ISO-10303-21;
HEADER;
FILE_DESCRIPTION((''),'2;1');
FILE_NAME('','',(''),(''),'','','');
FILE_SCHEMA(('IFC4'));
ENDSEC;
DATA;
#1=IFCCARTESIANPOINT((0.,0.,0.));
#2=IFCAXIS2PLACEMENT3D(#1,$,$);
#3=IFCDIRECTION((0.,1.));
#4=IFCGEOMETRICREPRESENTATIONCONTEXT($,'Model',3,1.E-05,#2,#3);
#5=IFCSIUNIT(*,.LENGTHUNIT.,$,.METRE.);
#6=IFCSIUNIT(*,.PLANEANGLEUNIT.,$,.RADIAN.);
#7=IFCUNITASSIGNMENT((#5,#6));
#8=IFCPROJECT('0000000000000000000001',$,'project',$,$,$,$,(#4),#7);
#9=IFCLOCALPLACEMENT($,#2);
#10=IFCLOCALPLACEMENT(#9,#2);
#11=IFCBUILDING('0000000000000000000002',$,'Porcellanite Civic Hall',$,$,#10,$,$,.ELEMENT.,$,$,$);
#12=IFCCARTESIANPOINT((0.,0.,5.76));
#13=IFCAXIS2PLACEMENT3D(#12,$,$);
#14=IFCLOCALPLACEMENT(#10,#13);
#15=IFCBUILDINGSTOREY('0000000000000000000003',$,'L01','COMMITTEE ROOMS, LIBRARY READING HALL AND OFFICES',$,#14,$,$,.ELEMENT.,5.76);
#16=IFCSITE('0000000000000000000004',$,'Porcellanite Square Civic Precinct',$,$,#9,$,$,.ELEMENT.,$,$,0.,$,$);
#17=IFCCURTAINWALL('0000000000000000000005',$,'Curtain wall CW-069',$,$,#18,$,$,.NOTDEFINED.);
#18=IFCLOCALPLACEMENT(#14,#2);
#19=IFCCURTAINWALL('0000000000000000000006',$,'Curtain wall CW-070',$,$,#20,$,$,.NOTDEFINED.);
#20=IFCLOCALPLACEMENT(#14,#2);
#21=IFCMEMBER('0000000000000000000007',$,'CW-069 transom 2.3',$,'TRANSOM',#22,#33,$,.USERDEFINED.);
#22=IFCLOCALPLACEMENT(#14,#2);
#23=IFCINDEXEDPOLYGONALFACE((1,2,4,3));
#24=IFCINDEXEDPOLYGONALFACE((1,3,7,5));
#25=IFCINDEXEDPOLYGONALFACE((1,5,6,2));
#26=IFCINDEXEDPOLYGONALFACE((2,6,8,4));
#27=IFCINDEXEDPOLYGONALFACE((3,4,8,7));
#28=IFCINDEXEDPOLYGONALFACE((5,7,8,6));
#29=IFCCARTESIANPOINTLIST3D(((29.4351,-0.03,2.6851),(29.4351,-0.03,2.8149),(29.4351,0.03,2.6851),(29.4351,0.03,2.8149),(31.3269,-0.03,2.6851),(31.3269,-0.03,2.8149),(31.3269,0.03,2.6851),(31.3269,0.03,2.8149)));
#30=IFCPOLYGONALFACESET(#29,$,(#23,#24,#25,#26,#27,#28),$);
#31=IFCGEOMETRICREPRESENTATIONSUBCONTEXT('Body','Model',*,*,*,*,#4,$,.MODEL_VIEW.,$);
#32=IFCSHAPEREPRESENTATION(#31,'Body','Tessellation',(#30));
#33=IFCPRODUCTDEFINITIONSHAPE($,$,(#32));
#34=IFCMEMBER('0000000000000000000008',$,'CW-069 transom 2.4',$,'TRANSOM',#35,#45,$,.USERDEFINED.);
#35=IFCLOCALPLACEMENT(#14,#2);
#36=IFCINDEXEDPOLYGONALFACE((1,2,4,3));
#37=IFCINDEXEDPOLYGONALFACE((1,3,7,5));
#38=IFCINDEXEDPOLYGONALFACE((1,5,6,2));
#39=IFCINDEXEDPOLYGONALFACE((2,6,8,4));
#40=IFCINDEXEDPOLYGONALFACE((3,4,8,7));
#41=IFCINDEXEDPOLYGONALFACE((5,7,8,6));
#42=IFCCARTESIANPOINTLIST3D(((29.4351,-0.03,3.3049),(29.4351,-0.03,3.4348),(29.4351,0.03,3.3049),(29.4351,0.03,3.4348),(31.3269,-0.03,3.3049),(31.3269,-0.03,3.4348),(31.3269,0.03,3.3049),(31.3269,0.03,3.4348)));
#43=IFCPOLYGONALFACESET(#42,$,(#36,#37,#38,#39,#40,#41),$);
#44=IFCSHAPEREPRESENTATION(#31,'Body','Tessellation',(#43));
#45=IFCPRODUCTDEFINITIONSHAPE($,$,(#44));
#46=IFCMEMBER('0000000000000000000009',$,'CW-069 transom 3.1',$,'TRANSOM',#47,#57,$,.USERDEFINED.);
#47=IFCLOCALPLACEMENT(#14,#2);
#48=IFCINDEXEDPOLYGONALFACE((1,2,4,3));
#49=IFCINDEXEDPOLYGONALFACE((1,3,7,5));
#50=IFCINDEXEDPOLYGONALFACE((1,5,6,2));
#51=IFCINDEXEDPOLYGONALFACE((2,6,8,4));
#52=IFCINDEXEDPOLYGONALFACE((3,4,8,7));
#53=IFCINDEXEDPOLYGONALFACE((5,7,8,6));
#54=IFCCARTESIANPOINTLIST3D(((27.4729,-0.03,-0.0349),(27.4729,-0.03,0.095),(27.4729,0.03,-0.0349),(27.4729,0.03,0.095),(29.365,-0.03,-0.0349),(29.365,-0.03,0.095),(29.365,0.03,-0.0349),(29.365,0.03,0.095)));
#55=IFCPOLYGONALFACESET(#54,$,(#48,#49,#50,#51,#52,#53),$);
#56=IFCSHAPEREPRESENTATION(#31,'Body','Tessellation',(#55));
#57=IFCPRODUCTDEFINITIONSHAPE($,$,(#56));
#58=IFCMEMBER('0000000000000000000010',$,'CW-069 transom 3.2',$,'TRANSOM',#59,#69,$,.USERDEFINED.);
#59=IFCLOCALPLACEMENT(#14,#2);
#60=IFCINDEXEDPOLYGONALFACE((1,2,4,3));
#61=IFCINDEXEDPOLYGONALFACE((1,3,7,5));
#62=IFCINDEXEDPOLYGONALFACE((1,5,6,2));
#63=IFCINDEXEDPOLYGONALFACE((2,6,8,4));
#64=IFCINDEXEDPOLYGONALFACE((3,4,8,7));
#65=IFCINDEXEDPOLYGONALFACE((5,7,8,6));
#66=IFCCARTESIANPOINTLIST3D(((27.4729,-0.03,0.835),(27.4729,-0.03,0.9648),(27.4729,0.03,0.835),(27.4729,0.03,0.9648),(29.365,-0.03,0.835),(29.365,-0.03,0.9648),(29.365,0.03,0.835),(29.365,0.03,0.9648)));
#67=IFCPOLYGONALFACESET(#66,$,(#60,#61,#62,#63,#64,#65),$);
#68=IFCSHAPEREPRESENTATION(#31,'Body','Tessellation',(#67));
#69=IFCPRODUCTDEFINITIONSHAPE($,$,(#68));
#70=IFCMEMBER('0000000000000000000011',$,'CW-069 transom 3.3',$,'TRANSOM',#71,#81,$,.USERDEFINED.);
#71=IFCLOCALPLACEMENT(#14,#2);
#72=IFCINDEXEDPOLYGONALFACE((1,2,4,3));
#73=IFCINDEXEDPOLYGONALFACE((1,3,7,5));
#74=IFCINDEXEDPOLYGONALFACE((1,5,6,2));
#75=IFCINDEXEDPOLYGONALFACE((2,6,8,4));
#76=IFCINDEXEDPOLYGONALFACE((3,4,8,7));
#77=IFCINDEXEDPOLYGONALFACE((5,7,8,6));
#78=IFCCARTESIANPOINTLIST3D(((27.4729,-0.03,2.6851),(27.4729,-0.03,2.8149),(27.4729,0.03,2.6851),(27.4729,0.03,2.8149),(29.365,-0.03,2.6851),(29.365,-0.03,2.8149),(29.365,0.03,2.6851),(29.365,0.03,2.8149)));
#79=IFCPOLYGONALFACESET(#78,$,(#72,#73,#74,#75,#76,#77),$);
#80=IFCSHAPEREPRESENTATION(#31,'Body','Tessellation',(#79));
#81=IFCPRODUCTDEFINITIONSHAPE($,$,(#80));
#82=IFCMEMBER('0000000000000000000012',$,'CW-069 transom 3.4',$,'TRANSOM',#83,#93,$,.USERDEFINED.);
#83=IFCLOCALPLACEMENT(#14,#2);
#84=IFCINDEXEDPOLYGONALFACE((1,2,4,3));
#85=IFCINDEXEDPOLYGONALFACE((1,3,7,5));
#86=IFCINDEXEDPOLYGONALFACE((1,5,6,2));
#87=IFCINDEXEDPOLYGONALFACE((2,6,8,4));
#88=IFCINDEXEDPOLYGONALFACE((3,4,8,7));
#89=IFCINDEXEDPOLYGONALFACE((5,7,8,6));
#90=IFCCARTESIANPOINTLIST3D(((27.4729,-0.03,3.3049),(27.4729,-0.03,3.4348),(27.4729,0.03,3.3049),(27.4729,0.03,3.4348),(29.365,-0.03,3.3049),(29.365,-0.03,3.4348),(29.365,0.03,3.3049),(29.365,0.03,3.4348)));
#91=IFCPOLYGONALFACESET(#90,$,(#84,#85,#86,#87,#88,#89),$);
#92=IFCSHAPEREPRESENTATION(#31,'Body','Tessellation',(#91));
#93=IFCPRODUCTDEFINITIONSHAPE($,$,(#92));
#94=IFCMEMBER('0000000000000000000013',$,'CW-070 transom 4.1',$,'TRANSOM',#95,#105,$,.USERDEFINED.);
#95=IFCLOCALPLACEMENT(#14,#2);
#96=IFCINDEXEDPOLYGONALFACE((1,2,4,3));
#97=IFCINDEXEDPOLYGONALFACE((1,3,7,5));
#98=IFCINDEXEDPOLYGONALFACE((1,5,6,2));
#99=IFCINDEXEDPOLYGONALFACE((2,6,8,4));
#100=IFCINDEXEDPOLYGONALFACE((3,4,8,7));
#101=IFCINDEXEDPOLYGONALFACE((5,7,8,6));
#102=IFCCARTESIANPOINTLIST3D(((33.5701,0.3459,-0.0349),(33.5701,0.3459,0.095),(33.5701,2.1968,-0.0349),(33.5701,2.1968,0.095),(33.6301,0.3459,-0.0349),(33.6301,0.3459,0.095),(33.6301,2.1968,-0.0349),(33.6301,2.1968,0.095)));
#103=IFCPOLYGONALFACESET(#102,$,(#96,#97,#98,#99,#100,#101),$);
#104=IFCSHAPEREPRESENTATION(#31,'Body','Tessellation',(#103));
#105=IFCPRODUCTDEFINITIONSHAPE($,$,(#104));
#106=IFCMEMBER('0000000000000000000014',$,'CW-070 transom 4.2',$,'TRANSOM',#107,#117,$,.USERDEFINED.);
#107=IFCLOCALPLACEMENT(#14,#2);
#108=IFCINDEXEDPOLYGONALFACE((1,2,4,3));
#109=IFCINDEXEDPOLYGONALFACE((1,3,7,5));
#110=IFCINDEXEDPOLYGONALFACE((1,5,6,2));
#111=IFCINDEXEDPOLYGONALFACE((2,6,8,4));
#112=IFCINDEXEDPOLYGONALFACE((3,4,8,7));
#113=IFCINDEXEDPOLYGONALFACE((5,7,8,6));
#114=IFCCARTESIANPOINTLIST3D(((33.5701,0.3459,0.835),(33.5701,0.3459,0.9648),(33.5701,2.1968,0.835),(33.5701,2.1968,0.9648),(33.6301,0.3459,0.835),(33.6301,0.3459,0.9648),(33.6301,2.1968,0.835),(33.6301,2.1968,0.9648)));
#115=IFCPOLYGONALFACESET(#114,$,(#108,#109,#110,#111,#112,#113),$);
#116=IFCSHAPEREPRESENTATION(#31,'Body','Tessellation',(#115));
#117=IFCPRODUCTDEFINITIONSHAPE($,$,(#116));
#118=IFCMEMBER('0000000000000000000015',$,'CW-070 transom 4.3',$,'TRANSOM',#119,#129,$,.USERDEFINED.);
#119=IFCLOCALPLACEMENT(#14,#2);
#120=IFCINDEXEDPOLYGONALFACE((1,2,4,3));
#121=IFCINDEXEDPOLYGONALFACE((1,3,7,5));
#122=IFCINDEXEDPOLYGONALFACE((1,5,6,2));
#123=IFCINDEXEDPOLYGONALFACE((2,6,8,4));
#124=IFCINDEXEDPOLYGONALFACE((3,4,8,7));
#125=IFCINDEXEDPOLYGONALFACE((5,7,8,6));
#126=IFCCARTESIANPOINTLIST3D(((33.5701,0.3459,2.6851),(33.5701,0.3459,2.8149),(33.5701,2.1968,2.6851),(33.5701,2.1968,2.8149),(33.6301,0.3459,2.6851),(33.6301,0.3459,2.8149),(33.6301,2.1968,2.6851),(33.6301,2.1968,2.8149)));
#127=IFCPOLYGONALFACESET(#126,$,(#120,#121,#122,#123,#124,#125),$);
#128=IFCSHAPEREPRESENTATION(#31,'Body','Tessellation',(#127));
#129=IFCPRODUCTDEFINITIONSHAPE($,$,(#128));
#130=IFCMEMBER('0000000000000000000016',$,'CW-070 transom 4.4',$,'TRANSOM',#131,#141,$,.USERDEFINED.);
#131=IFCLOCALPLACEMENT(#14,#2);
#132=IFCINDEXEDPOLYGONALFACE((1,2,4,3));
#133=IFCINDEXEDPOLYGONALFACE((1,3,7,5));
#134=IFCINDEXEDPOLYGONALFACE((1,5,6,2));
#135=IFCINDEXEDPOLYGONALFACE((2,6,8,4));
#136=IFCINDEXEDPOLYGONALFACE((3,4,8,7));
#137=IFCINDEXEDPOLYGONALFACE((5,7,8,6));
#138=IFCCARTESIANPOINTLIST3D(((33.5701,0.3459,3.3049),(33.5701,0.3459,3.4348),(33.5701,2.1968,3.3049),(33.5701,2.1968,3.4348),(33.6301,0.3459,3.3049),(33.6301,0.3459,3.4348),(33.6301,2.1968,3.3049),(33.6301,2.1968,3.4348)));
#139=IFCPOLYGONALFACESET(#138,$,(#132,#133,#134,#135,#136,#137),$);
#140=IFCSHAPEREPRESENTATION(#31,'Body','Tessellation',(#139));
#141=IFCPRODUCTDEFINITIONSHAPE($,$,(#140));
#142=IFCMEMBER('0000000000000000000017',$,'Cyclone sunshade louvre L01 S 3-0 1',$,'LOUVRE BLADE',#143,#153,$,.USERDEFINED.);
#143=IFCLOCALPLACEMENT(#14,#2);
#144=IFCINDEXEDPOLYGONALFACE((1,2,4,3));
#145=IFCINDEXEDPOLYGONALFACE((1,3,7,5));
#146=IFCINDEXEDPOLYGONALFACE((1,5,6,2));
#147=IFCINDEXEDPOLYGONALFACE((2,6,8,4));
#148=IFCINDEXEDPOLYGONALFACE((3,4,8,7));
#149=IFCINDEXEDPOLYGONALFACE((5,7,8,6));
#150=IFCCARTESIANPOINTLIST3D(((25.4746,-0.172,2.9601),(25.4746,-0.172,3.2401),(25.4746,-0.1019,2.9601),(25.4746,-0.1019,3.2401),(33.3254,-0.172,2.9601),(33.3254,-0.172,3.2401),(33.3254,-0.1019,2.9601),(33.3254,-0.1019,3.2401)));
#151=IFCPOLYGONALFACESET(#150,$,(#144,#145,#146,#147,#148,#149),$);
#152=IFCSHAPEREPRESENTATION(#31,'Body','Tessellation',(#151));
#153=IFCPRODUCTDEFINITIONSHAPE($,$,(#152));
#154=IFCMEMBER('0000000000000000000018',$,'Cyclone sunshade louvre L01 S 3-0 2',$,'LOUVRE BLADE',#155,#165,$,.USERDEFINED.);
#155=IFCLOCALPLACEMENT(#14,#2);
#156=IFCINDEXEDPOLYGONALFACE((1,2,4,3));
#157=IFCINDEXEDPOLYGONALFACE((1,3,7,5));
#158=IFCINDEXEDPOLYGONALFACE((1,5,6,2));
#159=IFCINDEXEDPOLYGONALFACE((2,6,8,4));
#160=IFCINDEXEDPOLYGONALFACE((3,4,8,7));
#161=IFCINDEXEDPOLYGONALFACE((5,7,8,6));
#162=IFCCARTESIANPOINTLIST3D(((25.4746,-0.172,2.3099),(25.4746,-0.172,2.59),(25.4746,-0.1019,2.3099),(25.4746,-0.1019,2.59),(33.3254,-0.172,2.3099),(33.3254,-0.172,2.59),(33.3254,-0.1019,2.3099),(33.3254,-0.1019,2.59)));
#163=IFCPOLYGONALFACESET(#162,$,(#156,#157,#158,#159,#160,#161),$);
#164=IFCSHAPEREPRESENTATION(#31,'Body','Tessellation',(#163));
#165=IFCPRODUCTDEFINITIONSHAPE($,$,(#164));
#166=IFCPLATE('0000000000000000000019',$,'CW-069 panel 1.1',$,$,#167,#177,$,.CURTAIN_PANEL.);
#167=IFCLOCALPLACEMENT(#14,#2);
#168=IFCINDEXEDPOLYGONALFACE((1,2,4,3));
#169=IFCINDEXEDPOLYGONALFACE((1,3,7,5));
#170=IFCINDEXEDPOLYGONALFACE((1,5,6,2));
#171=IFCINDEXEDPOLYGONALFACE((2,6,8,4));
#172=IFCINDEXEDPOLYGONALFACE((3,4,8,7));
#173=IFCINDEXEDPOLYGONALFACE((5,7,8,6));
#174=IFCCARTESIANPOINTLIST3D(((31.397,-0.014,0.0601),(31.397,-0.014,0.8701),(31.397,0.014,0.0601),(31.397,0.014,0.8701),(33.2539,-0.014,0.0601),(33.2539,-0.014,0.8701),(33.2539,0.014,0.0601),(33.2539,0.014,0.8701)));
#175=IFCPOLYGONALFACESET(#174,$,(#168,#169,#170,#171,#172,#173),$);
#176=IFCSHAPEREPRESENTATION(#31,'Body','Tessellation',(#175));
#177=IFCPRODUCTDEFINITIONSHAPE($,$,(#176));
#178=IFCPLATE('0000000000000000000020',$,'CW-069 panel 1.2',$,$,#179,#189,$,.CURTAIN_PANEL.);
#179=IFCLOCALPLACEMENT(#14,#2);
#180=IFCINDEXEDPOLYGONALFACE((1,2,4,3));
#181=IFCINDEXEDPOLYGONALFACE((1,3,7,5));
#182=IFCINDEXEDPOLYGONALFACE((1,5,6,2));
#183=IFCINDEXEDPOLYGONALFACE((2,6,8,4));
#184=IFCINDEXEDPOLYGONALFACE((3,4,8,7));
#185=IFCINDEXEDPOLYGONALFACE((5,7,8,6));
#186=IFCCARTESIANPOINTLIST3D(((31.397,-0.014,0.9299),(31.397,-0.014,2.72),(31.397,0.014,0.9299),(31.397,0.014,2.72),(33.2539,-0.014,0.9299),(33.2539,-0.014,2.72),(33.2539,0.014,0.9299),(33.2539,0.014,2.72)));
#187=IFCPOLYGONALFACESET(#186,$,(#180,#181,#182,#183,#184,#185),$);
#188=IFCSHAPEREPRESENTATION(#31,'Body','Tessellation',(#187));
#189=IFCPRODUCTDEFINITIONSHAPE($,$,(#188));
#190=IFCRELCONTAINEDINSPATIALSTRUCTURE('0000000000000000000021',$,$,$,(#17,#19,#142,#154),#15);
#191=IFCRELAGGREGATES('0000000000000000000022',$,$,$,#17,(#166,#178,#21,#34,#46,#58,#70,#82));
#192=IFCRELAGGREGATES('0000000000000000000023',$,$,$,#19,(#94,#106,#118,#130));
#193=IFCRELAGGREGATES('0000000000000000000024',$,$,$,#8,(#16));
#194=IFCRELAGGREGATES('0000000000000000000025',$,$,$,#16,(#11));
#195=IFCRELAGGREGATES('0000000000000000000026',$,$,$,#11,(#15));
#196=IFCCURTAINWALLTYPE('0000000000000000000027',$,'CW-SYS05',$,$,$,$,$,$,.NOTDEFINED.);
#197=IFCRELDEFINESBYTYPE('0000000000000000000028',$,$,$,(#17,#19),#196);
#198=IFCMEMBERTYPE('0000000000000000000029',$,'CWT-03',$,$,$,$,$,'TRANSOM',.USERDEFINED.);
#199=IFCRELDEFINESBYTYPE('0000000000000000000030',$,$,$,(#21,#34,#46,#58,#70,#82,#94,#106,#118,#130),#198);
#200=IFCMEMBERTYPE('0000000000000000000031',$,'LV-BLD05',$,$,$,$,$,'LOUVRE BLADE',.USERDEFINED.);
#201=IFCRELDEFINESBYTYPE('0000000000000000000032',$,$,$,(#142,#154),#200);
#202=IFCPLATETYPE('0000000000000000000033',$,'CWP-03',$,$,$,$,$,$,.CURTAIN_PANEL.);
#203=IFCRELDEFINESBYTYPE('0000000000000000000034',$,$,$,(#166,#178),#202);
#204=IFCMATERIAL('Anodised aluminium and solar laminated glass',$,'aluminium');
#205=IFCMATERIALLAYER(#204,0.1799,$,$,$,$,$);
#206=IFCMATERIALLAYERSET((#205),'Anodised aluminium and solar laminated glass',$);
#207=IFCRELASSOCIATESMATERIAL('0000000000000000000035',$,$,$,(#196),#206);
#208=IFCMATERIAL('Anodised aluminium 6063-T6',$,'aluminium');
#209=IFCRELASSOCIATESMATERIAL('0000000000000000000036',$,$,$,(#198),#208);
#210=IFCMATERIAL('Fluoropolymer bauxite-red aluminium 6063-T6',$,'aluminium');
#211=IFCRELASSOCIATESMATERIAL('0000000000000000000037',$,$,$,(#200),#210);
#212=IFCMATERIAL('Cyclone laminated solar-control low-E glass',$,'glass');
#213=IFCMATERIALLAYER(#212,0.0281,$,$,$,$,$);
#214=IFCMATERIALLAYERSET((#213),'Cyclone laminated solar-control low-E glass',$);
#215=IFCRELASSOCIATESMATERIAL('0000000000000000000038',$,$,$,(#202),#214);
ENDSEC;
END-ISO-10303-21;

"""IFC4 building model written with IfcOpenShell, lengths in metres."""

from ifc_helpers import new_model, si_unit, direction, frame, origin, origin_2d, place, context, subcontext, project, spatial, rectangle, extrude, material, layer, layer_set, material_profile, profile_set, type_object, element, aggregate, save


model = new_model("IFC4")

# Units and contexts
model_context = context("Model", 3, precision=1e-05, world=origin(), true_north=direction((0.0, 1.0)))
body_context = subcontext(model_context, "Body", "Model", "MODEL_VIEW")
ifc_project = project(units=[si_unit("LENGTHUNIT", "METRE"), si_unit("PLANEANGLEUNIT", "RADIAN")], contexts=[model_context])

# Site, building, storey
site_placement = place(None, origin())
site = spatial("IfcSite", under=ifc_project, at=site_placement, Name="Porcellanite Square Civic Precinct", CompositionType="ELEMENT", RefElevation=0.0)
building_placement = place(site_placement, origin())
building = spatial("IfcBuilding", under=site, at=building_placement, Name="Porcellanite Civic Hall", CompositionType="ELEMENT")
storey_placement = place(building_placement, frame((0.0, 0.0, 5.76)))
storey = spatial("IfcBuildingStorey", under=building, at=storey_placement, Name="L01", Description="COMMITTEE ROOMS, LIBRARY READING HALL AND OFFICES", CompositionType="ELEMENT", Elevation=5.76)

# Curtain walls
ifc_material_1 = material(Name="Anodised aluminium and solar laminated glass", Category="aluminium")
ifc_layer_1 = layer(ifc_material_1, 0.1799)
ifc_layer_set_1 = layer_set([ifc_layer_1], Name="Anodised aluminium and solar laminated glass")
curtain_wall_type = type_object("IfcCurtainWallType", Name="CW-SYS05", PredefinedType="NOTDEFINED", material=ifc_layer_set_1)
curtain_wall_1_placement = place(storey_placement, origin())
curtain_wall_1 = element("IfcCurtainWall", 1, at=curtain_wall_1_placement, inside=storey, type_object=curtain_wall_type, Name="Curtain wall CW-069", PredefinedType="NOTDEFINED")
curtain_wall_2_placement = place(storey_placement, origin())
curtain_wall_2 = element("IfcCurtainWall", 2, at=curtain_wall_2_placement, inside=storey, type_object=curtain_wall_type, Name="Curtain wall CW-070", PredefinedType="NOTDEFINED")

# Members
ifc_material_2 = material(Name="Anodised aluminium 6063-T6", Category="aluminium")
ifc_material_profile_1 = material_profile(ifc_material_2, rectangle(XDim=0.0601, YDim=0.1299, at=origin_2d()), Name="AL-60x130")
ifc_profile_set_1 = profile_set([ifc_material_profile_1], Name="Anodised aluminium 6063-T6")
member_type_1 = type_object("IfcMemberType", Name="CWT-03", ElementType="TRANSOM", PredefinedType="USERDEFINED", material=ifc_profile_set_1)
member_1_placement = place(storey_placement, frame((31.3269, 0.0, 2.75), z_axis=(-1.0, 0.0, 0.0), x_axis=(0.0, -1.0, 0.0)))
member_1 = element("IfcMember", 3, at=member_1_placement, type_object=member_type_1, Name="CW-069 transom 2.3", ObjectType="TRANSOM", PredefinedType="USERDEFINED", context=body_context, shape_type="SweptSolid", body=[
    extrude(rectangle(XDim=0.0601, YDim=0.1299, at=origin_2d()), origin(), (0.0, 0.0, 1.0), 1.8918),
])
member_2_placement = place(storey_placement, frame((31.3269, 0.0, 3.3699), z_axis=(-1.0, 0.0, 0.0), x_axis=(0.0, -1.0, 0.0)))
member_2 = element("IfcMember", 4, at=member_2_placement, type_object=member_type_1, Name="CW-069 transom 2.4", ObjectType="TRANSOM", PredefinedType="USERDEFINED", context=body_context, shape_type="SweptSolid", body=[
    extrude(rectangle(XDim=0.0601, YDim=0.1299, at=origin_2d()), origin(), (0.0, 0.0, 1.0), 1.8918),
])
member_3_placement = place(storey_placement, frame((29.365, 0.0, 0.03), z_axis=(-1.0, 0.0, 0.0), x_axis=(0.0, -1.0, 0.0)))
member_3 = element("IfcMember", 5, at=member_3_placement, type_object=member_type_1, Name="CW-069 transom 3.1", ObjectType="TRANSOM", PredefinedType="USERDEFINED", context=body_context, shape_type="SweptSolid", body=[
    extrude(rectangle(XDim=0.0601, YDim=0.1299, at=origin_2d()), origin(), (0.0, 0.0, 1.0), 1.8921),
])
member_4_placement = place(storey_placement, frame((29.365, 0.0, 0.8999), z_axis=(-1.0, 0.0, 0.0), x_axis=(0.0, -1.0, 0.0)))
member_4 = element("IfcMember", 6, at=member_4_placement, type_object=member_type_1, Name="CW-069 transom 3.2", ObjectType="TRANSOM", PredefinedType="USERDEFINED", context=body_context, shape_type="SweptSolid", body=[
    extrude(rectangle(XDim=0.0601, YDim=0.1299, at=origin_2d()), origin(), (0.0, 0.0, 1.0), 1.8921),
])
member_5_placement = place(storey_placement, frame((29.365, 0.0, 2.75), z_axis=(-1.0, 0.0, 0.0), x_axis=(0.0, -1.0, 0.0)))
member_5 = element("IfcMember", 7, at=member_5_placement, type_object=member_type_1, Name="CW-069 transom 3.3", ObjectType="TRANSOM", PredefinedType="USERDEFINED", context=body_context, shape_type="SweptSolid", body=[
    extrude(rectangle(XDim=0.0601, YDim=0.1299, at=origin_2d()), origin(), (0.0, 0.0, 1.0), 1.8921),
])
member_6_placement = place(storey_placement, frame((29.365, 0.0, 3.3699), z_axis=(-1.0, 0.0, 0.0), x_axis=(0.0, -1.0, 0.0)))
member_6 = element("IfcMember", 8, at=member_6_placement, type_object=member_type_1, Name="CW-069 transom 3.4", ObjectType="TRANSOM", PredefinedType="USERDEFINED", context=body_context, shape_type="SweptSolid", body=[
    extrude(rectangle(XDim=0.0601, YDim=0.1299, at=origin_2d()), origin(), (0.0, 0.0, 1.0), 1.8921),
])
member_7_placement = place(storey_placement, frame((33.6001, 2.1968, 0.03), z_axis=(0.0, -1.0, 0.0), x_axis=(1.0, 0.0, 0.0)))
member_7 = element("IfcMember", 9, at=member_7_placement, type_object=member_type_1, Name="CW-070 transom 4.1", ObjectType="TRANSOM", PredefinedType="USERDEFINED", context=body_context, shape_type="SweptSolid", body=[
    extrude(rectangle(XDim=0.0601, YDim=0.1299, at=origin_2d()), origin(), (0.0, 0.0, 1.0), 1.8508),
])
member_8_placement = place(storey_placement, frame((33.6001, 2.1968, 0.8999), z_axis=(0.0, -1.0, 0.0), x_axis=(1.0, 0.0, 0.0)))
member_8 = element("IfcMember", 10, at=member_8_placement, type_object=member_type_1, Name="CW-070 transom 4.2", ObjectType="TRANSOM", PredefinedType="USERDEFINED", context=body_context, shape_type="SweptSolid", body=[
    extrude(rectangle(XDim=0.0601, YDim=0.1299, at=origin_2d()), origin(), (0.0, 0.0, 1.0), 1.8508),
])
member_9_placement = place(storey_placement, frame((33.6001, 2.1968, 2.75), z_axis=(0.0, -1.0, 0.0), x_axis=(1.0, 0.0, 0.0)))
member_9 = element("IfcMember", 11, at=member_9_placement, type_object=member_type_1, Name="CW-070 transom 4.3", ObjectType="TRANSOM", PredefinedType="USERDEFINED", context=body_context, shape_type="SweptSolid", body=[
    extrude(rectangle(XDim=0.0601, YDim=0.1299, at=origin_2d()), origin(), (0.0, 0.0, 1.0), 1.8508),
])
member_10_placement = place(storey_placement, frame((33.6001, 2.1968, 3.3699), z_axis=(0.0, -1.0, 0.0), x_axis=(1.0, 0.0, 0.0)))
member_10 = element("IfcMember", 12, at=member_10_placement, type_object=member_type_1, Name="CW-070 transom 4.4", ObjectType="TRANSOM", PredefinedType="USERDEFINED", context=body_context, shape_type="SweptSolid", body=[
    extrude(rectangle(XDim=0.0601, YDim=0.1299, at=origin_2d()), origin(), (0.0, 0.0, 1.0), 1.8508),
])

# Members
ifc_material_3 = material(Name="Fluoropolymer bauxite-red aluminium 6063-T6", Category="aluminium")
ifc_material_profile_2 = material_profile(ifc_material_3, rectangle(XDim=0.0701, YDim=0.28, at=origin_2d()), Name="AL-70x280")
ifc_profile_set_2 = profile_set([ifc_material_profile_2], Name="Fluoropolymer bauxite-red aluminium 6063-T6")
member_type_2 = type_object("IfcMemberType", Name="LV-BLD05", ElementType="LOUVRE BLADE", PredefinedType="USERDEFINED", material=ifc_profile_set_2)
for number, where, z_axis, x_axis, name in (
    (13, (33.3254, -0.137, 3.1001), (-1.0, 0.0, 0.0), (0.0, -1.0, 0.0), "Cyclone sunshade louvre L01 S 3-0 1"),
    (14, (33.3254, -0.137, 2.45), (-1.0, 0.0, 0.0), (0.0, -1.0, 0.0), "Cyclone sunshade louvre L01 S 3-0 2"),
):
    element("IfcMember", number, at=place(storey_placement, frame(where, z_axis=z_axis, x_axis=x_axis)), inside=storey, type_object=member_type_2, Name=name, ObjectType="LOUVRE BLADE", PredefinedType="USERDEFINED", context=body_context, shape_type="SweptSolid", body=[
        extrude(rectangle(XDim=0.0701, YDim=0.28, at=origin_2d()), origin(), (0.0, 0.0, 1.0), 7.8508),
    ])

# Plates
ifc_material_4 = material(Name="Cyclone laminated solar-control low-E glass", Category="glass")
ifc_layer_2 = layer(ifc_material_4, 0.0281)
ifc_layer_set_2 = layer_set([ifc_layer_2], Name="Cyclone laminated solar-control low-E glass")
plate_type = type_object("IfcPlateType", Name="CWP-03", PredefinedType="CURTAIN_PANEL", material=ifc_layer_set_2)
plate_1_placement = place(storey_placement, frame((32.3254, 0.0, 0.0601), z_axis=(0.0, 0.0, 1.0), x_axis=(-1.0, 0.0, 0.0)))
plate_1 = element("IfcPlate", 15, at=plate_1_placement, type_object=plate_type, Name="CW-069 panel 1.1", PredefinedType="CURTAIN_PANEL", context=body_context, shape_type="SweptSolid", body=[
    extrude(rectangle(XDim=1.8569, YDim=0.0281, at=origin_2d()), origin(), (0.0, 0.0, 1.0), 0.8101),
])
plate_2_placement = place(storey_placement, frame((32.3254, 0.0, 0.9299), z_axis=(0.0, 0.0, 1.0), x_axis=(-1.0, 0.0, 0.0)))
plate_2 = element("IfcPlate", 16, at=plate_2_placement, type_object=plate_type, Name="CW-069 panel 1.2", PredefinedType="CURTAIN_PANEL", context=body_context, shape_type="SweptSolid", body=[
    extrude(rectangle(XDim=1.8569, YDim=0.0281, at=origin_2d()), origin(), (0.0, 0.0, 1.0), 1.79),
])
aggregate(curtain_wall_1, [plate_1, plate_2, member_1, member_2, member_3, member_4, member_5, member_6])
aggregate(curtain_wall_2, [member_7, member_8, member_9, member_10])

save(model, "model.ifc")
